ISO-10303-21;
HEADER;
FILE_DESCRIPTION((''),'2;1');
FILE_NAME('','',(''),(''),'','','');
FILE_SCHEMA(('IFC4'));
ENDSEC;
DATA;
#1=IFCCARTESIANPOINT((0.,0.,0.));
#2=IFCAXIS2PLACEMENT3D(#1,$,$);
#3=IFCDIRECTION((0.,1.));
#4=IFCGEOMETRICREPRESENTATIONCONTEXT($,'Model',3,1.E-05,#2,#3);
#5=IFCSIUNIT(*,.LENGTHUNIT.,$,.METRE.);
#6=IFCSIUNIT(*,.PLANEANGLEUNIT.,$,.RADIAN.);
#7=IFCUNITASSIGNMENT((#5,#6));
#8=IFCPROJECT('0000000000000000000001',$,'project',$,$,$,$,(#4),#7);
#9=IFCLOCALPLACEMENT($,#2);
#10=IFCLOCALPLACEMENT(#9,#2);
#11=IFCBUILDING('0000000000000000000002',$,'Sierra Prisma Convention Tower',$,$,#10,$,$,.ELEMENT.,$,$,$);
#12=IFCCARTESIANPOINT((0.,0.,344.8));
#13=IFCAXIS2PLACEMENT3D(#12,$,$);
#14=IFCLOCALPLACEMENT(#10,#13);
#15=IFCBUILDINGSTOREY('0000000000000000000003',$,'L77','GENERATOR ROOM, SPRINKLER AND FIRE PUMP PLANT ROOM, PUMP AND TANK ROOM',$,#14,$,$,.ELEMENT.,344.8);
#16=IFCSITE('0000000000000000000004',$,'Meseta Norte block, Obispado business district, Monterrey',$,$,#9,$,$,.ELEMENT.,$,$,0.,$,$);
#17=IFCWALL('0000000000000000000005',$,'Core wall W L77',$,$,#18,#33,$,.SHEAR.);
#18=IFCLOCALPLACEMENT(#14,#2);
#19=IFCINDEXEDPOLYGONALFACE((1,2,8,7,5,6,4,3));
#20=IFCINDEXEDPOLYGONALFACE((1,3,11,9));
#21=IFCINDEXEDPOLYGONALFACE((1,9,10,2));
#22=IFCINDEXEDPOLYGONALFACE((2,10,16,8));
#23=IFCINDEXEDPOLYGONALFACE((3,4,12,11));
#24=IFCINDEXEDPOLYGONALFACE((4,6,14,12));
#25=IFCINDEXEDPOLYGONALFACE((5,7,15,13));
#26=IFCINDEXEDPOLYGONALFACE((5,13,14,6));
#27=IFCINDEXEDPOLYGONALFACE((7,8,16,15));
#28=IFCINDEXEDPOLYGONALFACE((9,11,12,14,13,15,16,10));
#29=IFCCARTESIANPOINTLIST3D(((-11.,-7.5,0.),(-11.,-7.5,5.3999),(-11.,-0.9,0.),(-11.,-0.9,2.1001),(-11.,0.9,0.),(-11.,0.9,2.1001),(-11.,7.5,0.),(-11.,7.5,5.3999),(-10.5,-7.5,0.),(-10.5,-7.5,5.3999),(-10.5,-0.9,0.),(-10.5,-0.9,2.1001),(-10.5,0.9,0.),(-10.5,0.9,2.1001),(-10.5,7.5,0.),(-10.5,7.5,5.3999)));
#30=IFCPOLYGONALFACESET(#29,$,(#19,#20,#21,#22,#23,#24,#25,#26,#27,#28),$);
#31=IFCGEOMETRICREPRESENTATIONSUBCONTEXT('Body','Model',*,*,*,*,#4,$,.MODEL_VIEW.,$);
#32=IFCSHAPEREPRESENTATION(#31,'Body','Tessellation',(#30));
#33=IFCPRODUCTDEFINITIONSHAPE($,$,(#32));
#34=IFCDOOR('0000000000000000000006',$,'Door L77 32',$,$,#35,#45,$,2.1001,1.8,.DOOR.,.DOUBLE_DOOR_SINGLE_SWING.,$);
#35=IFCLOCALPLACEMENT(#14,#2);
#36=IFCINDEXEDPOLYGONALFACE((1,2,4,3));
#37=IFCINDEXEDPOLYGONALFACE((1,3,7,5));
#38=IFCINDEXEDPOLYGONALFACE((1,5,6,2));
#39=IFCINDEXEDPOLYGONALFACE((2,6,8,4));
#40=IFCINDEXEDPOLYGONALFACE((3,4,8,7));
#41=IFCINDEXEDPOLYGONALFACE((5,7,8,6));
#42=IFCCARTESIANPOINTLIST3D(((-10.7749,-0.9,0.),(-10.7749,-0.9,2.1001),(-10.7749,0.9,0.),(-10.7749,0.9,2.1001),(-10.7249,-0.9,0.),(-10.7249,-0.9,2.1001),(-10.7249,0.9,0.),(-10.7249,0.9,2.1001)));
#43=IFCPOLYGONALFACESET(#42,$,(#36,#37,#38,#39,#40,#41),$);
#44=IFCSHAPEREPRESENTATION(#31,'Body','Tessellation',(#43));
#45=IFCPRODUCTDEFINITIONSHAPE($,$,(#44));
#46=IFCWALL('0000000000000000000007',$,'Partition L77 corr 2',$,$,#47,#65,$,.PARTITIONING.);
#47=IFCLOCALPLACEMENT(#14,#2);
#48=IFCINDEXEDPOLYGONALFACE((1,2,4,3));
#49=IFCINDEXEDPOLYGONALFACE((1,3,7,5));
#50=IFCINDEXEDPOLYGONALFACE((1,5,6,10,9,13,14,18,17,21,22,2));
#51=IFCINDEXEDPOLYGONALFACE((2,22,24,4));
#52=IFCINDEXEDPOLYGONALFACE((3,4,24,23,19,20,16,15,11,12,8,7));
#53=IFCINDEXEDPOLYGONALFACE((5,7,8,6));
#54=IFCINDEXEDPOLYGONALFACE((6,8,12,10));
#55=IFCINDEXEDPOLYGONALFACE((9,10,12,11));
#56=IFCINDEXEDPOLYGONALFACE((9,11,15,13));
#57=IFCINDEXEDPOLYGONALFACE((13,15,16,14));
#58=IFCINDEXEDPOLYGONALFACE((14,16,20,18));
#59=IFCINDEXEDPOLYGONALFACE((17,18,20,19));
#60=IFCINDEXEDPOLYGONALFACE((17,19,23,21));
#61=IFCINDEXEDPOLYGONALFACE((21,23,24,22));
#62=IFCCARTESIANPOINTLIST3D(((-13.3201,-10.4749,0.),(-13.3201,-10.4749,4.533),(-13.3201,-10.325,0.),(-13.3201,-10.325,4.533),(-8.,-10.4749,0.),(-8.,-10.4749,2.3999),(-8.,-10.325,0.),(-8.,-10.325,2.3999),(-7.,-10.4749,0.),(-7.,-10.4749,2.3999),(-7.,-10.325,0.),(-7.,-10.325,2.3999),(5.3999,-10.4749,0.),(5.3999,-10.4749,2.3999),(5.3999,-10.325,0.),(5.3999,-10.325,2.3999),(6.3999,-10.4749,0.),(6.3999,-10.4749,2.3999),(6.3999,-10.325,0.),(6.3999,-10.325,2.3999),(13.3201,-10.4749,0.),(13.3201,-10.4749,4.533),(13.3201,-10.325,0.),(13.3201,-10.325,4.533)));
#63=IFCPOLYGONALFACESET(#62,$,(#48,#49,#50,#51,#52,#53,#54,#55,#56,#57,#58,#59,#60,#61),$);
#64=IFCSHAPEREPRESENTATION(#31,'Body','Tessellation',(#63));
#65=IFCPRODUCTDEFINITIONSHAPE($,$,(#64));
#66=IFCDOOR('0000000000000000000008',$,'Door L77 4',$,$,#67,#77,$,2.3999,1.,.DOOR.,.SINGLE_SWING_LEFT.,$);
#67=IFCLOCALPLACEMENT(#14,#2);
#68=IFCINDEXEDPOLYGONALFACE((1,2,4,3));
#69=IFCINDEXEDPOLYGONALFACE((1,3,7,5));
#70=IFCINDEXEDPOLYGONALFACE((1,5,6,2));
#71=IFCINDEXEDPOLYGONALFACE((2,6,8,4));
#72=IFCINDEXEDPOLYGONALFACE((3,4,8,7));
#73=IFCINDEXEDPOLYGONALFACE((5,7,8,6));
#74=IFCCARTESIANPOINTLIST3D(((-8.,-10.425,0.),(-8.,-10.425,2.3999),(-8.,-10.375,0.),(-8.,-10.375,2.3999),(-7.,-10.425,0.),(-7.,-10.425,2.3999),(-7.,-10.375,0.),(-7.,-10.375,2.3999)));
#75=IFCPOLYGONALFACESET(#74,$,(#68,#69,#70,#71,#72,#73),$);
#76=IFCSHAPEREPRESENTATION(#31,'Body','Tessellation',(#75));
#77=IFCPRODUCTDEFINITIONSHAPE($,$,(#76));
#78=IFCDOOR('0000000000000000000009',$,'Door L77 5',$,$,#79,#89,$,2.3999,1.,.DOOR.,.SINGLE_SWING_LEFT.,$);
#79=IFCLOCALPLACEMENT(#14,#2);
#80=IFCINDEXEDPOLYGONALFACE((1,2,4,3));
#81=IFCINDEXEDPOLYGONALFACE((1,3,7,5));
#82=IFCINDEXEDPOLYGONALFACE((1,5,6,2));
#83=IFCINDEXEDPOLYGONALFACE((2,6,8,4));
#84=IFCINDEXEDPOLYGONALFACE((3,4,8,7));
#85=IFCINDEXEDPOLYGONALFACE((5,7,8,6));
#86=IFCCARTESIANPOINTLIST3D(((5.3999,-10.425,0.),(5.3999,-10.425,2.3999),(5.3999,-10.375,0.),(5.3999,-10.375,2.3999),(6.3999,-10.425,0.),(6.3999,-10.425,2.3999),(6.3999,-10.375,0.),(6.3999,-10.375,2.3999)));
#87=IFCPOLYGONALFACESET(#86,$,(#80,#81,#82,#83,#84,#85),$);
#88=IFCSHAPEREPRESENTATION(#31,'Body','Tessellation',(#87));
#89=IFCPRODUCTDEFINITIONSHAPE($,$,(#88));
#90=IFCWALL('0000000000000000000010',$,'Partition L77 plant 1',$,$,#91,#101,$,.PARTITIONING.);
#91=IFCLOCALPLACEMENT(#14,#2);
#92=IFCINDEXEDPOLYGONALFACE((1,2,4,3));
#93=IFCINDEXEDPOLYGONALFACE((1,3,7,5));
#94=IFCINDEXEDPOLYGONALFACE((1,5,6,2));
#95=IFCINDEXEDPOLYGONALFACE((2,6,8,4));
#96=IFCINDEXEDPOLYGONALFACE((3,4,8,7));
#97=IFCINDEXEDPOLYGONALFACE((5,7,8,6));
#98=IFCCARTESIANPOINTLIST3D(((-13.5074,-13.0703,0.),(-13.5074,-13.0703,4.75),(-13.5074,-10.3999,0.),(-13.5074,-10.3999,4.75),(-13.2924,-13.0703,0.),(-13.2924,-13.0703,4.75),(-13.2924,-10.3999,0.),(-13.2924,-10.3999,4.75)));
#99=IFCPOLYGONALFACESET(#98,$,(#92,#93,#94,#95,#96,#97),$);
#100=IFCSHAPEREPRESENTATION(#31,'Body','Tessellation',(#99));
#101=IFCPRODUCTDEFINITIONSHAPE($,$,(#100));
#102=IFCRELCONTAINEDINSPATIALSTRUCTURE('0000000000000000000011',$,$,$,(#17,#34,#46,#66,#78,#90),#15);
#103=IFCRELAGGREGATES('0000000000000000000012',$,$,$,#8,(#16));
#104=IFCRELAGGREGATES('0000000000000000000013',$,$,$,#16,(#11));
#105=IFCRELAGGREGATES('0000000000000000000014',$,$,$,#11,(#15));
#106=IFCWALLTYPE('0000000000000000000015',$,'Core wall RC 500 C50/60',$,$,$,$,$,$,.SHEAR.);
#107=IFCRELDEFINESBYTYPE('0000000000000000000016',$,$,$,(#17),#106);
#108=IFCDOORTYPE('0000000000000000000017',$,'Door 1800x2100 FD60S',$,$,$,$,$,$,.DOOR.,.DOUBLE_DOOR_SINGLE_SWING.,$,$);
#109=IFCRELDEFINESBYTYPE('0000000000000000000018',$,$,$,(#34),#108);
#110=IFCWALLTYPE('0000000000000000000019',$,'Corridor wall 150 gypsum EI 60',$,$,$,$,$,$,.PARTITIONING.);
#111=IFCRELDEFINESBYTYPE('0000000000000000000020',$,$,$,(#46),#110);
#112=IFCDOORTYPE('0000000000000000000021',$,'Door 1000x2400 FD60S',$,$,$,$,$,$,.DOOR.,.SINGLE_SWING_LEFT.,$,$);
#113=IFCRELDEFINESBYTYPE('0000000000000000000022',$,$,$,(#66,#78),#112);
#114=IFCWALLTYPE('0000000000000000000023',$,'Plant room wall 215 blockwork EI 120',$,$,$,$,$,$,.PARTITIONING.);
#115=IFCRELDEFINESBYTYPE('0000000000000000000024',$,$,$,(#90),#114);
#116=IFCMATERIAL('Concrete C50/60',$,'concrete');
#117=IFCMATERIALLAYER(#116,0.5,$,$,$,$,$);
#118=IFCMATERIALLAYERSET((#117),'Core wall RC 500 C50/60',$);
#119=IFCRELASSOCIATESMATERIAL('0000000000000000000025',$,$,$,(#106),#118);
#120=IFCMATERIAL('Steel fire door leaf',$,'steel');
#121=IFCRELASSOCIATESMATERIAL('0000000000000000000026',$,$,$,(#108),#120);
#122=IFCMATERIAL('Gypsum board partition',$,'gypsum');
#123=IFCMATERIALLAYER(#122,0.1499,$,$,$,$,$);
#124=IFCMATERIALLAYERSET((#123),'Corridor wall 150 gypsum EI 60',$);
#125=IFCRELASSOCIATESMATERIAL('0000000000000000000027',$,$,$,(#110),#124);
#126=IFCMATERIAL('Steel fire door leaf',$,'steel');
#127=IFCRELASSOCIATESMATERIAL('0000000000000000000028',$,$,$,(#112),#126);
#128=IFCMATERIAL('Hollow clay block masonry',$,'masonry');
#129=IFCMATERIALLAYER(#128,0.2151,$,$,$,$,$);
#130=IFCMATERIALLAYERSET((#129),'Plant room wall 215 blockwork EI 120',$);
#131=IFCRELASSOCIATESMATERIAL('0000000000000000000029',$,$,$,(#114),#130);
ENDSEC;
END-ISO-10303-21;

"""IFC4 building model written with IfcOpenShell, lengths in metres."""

from ifc_helpers import new_model, si_unit, direction, frame, frame_2d, origin, place, context, subcontext, project, spatial, rectangle, extrude, material, layer, layer_set, type_object, element, fill, save


model = new_model("IFC4")

# Units and contexts
model_context = context("Model", 3, precision=1e-05, world=origin(), true_north=direction((0.0, 1.0)))
body_context = subcontext(model_context, "Body", "Model", "MODEL_VIEW")
ifc_project = project(units=[si_unit("LENGTHUNIT", "METRE"), si_unit("PLANEANGLEUNIT", "RADIAN")], contexts=[model_context])

# Site, building, storey
site_placement = place(None, origin())
site = spatial("IfcSite", under=ifc_project, at=site_placement, Name="Meseta Norte block, Obispado business district, Monterrey", CompositionType="ELEMENT", RefElevation=0.0)
building_placement = place(site_placement, origin())
building = spatial("IfcBuilding", under=site, at=building_placement, Name="Sierra Prisma Convention Tower", CompositionType="ELEMENT")
storey_placement = place(building_placement, frame((0.0, 0.0, 344.8)))
storey = spatial("IfcBuildingStorey", under=building, at=storey_placement, Name="L77", Description="GENERATOR ROOM, SPRINKLER AND FIRE PUMP PLANT ROOM, PUMP AND TANK ROOM", CompositionType="ELEMENT", Elevation=344.8)

# Wall, opening, door
ifc_material_1 = material(Name="Concrete C50/60", Category="concrete")
ifc_layer_1 = layer(ifc_material_1, 0.5)
ifc_layer_set_1 = layer_set([ifc_layer_1], Name="Core wall RC 500 C50/60")
wall_type_1 = type_object("IfcWallType", Name="Core wall RC 500 C50/60", PredefinedType="SHEAR", material=ifc_layer_set_1)
wall_1_placement = place(storey_placement, frame((-10.75, -7.5, 0.0), z_axis=(0.0, 0.0, 1.0), x_axis=(0.0, 1.0, 0.0)))
wall_1 = element("IfcWall", 1, at=wall_1_placement, inside=storey, type_object=wall_type_1, Name="Core wall W L77", PredefinedType="SHEAR", context=body_context, shape_type="SweptSolid", body=[
    extrude(rectangle(XDim=15.0, YDim=0.5, at=frame_2d((7.5, 0.0))), origin(), (0.0, 0.0, 1.0), 5.3999),
])
opening_1_placement = place(wall_1_placement, frame((6.6001, 0.0, 0.0)))
opening_1 = element("IfcOpeningElement", 2, at=opening_1_placement, cuts=wall_1, PredefinedType="OPENING", context=body_context, shape_type="SweptSolid", body=[
    extrude(rectangle(XDim=1.8, YDim=2.1001, at=frame_2d((0.8999, 1.05))), frame((0.0, 0.25, 0.0), z_axis=(0.0, -1.0, 0.0), x_axis=(1.0, 0.0, 0.0)), (0.0, 0.0, 1.0), 0.5),
])
ifc_material_2 = material(Name="Steel fire door leaf", Category="steel")
door_type_1 = type_object("IfcDoorType", Name="Door 1800x2100 FD60S", OperationType="DOUBLE_DOOR_SINGLE_SWING", PredefinedType="DOOR", material=ifc_material_2)
door_1_placement = place(opening_1_placement, origin())
door_1 = element("IfcDoor", 3, at=door_1_placement, inside=storey, type_object=door_type_1, Name="Door L77 32", OperationType="DOUBLE_DOOR_SINGLE_SWING", OverallHeight=2.1001, OverallWidth=1.8, PredefinedType="DOOR", context=body_context, shape_type="SweptSolid", body=[
    extrude(rectangle(XDim=1.8, YDim=2.1001, at=frame_2d((0.8999, 1.05))), frame((0.0, 0.0249, 0.0), z_axis=(0.0, -1.0, 0.0), x_axis=(1.0, 0.0, 0.0)), (0.0, 0.0, 1.0), 0.05),
])
fill(opening_1, door_1)

# Wall, openings, doors
ifc_material_3 = material(Name="Gypsum board partition", Category="gypsum")
ifc_layer_2 = layer(ifc_material_3, 0.1499)
ifc_layer_set_2 = layer_set([ifc_layer_2], Name="Corridor wall 150 gypsum EI 60")
wall_type_2 = type_object("IfcWallType", Name="Corridor wall 150 gypsum EI 60", PredefinedType="PARTITIONING", material=ifc_layer_set_2)
wall_2_placement = place(storey_placement, frame((-13.3201, -10.3999, 0.0), z_axis=(0.0, 0.0, 1.0), x_axis=(1.0, 0.0, 0.0)))
wall_2 = element("IfcWall", 4, at=wall_2_placement, inside=storey, type_object=wall_type_2, Name="Partition L77 corr 2", PredefinedType="PARTITIONING", context=body_context, shape_type="SweptSolid", body=[
    extrude(rectangle(XDim=26.6401, YDim=0.1499, at=frame_2d((13.3201, 0.0))), origin(), (0.0, 0.0, 1.0), 4.533),
])
opening_2_placement = place(wall_2_placement, frame((5.3201, 0.0, 0.0)))
opening_2 = element("IfcOpeningElement", 5, at=opening_2_placement, cuts=wall_2, PredefinedType="OPENING", context=body_context, shape_type="SweptSolid", body=[
    extrude(rectangle(XDim=1.0, YDim=2.3999, at=frame_2d((0.5, 1.2))), frame((0.0, 0.075, 0.0), z_axis=(0.0, -1.0, 0.0), x_axis=(1.0, 0.0, 0.0)), (0.0, 0.0, 1.0), 0.1499),
])
opening_3_placement = place(wall_2_placement, frame((18.72, 0.0, 0.0)))
opening_3 = element("IfcOpeningElement", 6, at=opening_3_placement, cuts=wall_2, PredefinedType="OPENING", context=body_context, shape_type="SweptSolid", body=[
    extrude(rectangle(XDim=1.0, YDim=2.3999, at=frame_2d((0.5, 1.2))), frame((0.0, 0.075, 0.0), z_axis=(0.0, -1.0, 0.0), x_axis=(1.0, 0.0, 0.0)), (0.0, 0.0, 1.0), 0.1499),
])
ifc_material_4 = material(Name="Steel fire door leaf", Category="steel")
door_type_2 = type_object("IfcDoorType", Name="Door 1000x2400 FD60S", OperationType="SINGLE_SWING_LEFT", PredefinedType="DOOR", material=ifc_material_4)
door_2_placement = place(opening_2_placement, origin())
door_2 = element("IfcDoor", 7, at=door_2_placement, inside=storey, type_object=door_type_2, Name="Door L77 4", OperationType="SINGLE_SWING_LEFT", OverallHeight=2.3999, OverallWidth=1.0, PredefinedType="DOOR", context=body_context, shape_type="SweptSolid", body=[
    extrude(rectangle(XDim=1.0, YDim=2.3999, at=frame_2d((0.5, 1.2))), frame((0.0, 0.0249, 0.0), z_axis=(0.0, -1.0, 0.0), x_axis=(1.0, 0.0, 0.0)), (0.0, 0.0, 1.0), 0.05),
])
fill(opening_2, door_2)
door_3_placement = place(opening_3_placement, origin())
door_3 = element("IfcDoor", 8, at=door_3_placement, inside=storey, type_object=door_type_2, Name="Door L77 5", OperationType="SINGLE_SWING_LEFT", OverallHeight=2.3999, OverallWidth=1.0, PredefinedType="DOOR", context=body_context, shape_type="SweptSolid", body=[
    extrude(rectangle(XDim=1.0, YDim=2.3999, at=frame_2d((0.5, 1.2))), frame((0.0, 0.0249, 0.0), z_axis=(0.0, -1.0, 0.0), x_axis=(1.0, 0.0, 0.0)), (0.0, 0.0, 1.0), 0.05),
])
fill(opening_3, door_3)

# Wall
ifc_material_5 = material(Name="Hollow clay block masonry", Category="masonry")
ifc_layer_3 = layer(ifc_material_5, 0.2151)
ifc_layer_set_3 = layer_set([ifc_layer_3], Name="Plant room wall 215 blockwork EI 120")
wall_type_3 = type_object("IfcWallType", Name="Plant room wall 215 blockwork EI 120", PredefinedType="PARTITIONING", material=ifc_layer_set_3)
wall_3_placement = place(storey_placement, frame((-13.3999, -10.3999, 0.0), z_axis=(0.0, 0.0, 1.0), x_axis=(0.0, -1.0, 0.0)))
element("IfcWall", 9, at=wall_3_placement, inside=storey, type_object=wall_type_3, Name="Partition L77 plant 1", PredefinedType="PARTITIONING", context=body_context, shape_type="SweptSolid", body=[
    extrude(rectangle(XDim=2.6704, YDim=0.2151, at=frame_2d((1.3352, 0.0))), origin(), (0.0, 0.0, 1.0), 4.75),
])

save(model, "model.ifc")
